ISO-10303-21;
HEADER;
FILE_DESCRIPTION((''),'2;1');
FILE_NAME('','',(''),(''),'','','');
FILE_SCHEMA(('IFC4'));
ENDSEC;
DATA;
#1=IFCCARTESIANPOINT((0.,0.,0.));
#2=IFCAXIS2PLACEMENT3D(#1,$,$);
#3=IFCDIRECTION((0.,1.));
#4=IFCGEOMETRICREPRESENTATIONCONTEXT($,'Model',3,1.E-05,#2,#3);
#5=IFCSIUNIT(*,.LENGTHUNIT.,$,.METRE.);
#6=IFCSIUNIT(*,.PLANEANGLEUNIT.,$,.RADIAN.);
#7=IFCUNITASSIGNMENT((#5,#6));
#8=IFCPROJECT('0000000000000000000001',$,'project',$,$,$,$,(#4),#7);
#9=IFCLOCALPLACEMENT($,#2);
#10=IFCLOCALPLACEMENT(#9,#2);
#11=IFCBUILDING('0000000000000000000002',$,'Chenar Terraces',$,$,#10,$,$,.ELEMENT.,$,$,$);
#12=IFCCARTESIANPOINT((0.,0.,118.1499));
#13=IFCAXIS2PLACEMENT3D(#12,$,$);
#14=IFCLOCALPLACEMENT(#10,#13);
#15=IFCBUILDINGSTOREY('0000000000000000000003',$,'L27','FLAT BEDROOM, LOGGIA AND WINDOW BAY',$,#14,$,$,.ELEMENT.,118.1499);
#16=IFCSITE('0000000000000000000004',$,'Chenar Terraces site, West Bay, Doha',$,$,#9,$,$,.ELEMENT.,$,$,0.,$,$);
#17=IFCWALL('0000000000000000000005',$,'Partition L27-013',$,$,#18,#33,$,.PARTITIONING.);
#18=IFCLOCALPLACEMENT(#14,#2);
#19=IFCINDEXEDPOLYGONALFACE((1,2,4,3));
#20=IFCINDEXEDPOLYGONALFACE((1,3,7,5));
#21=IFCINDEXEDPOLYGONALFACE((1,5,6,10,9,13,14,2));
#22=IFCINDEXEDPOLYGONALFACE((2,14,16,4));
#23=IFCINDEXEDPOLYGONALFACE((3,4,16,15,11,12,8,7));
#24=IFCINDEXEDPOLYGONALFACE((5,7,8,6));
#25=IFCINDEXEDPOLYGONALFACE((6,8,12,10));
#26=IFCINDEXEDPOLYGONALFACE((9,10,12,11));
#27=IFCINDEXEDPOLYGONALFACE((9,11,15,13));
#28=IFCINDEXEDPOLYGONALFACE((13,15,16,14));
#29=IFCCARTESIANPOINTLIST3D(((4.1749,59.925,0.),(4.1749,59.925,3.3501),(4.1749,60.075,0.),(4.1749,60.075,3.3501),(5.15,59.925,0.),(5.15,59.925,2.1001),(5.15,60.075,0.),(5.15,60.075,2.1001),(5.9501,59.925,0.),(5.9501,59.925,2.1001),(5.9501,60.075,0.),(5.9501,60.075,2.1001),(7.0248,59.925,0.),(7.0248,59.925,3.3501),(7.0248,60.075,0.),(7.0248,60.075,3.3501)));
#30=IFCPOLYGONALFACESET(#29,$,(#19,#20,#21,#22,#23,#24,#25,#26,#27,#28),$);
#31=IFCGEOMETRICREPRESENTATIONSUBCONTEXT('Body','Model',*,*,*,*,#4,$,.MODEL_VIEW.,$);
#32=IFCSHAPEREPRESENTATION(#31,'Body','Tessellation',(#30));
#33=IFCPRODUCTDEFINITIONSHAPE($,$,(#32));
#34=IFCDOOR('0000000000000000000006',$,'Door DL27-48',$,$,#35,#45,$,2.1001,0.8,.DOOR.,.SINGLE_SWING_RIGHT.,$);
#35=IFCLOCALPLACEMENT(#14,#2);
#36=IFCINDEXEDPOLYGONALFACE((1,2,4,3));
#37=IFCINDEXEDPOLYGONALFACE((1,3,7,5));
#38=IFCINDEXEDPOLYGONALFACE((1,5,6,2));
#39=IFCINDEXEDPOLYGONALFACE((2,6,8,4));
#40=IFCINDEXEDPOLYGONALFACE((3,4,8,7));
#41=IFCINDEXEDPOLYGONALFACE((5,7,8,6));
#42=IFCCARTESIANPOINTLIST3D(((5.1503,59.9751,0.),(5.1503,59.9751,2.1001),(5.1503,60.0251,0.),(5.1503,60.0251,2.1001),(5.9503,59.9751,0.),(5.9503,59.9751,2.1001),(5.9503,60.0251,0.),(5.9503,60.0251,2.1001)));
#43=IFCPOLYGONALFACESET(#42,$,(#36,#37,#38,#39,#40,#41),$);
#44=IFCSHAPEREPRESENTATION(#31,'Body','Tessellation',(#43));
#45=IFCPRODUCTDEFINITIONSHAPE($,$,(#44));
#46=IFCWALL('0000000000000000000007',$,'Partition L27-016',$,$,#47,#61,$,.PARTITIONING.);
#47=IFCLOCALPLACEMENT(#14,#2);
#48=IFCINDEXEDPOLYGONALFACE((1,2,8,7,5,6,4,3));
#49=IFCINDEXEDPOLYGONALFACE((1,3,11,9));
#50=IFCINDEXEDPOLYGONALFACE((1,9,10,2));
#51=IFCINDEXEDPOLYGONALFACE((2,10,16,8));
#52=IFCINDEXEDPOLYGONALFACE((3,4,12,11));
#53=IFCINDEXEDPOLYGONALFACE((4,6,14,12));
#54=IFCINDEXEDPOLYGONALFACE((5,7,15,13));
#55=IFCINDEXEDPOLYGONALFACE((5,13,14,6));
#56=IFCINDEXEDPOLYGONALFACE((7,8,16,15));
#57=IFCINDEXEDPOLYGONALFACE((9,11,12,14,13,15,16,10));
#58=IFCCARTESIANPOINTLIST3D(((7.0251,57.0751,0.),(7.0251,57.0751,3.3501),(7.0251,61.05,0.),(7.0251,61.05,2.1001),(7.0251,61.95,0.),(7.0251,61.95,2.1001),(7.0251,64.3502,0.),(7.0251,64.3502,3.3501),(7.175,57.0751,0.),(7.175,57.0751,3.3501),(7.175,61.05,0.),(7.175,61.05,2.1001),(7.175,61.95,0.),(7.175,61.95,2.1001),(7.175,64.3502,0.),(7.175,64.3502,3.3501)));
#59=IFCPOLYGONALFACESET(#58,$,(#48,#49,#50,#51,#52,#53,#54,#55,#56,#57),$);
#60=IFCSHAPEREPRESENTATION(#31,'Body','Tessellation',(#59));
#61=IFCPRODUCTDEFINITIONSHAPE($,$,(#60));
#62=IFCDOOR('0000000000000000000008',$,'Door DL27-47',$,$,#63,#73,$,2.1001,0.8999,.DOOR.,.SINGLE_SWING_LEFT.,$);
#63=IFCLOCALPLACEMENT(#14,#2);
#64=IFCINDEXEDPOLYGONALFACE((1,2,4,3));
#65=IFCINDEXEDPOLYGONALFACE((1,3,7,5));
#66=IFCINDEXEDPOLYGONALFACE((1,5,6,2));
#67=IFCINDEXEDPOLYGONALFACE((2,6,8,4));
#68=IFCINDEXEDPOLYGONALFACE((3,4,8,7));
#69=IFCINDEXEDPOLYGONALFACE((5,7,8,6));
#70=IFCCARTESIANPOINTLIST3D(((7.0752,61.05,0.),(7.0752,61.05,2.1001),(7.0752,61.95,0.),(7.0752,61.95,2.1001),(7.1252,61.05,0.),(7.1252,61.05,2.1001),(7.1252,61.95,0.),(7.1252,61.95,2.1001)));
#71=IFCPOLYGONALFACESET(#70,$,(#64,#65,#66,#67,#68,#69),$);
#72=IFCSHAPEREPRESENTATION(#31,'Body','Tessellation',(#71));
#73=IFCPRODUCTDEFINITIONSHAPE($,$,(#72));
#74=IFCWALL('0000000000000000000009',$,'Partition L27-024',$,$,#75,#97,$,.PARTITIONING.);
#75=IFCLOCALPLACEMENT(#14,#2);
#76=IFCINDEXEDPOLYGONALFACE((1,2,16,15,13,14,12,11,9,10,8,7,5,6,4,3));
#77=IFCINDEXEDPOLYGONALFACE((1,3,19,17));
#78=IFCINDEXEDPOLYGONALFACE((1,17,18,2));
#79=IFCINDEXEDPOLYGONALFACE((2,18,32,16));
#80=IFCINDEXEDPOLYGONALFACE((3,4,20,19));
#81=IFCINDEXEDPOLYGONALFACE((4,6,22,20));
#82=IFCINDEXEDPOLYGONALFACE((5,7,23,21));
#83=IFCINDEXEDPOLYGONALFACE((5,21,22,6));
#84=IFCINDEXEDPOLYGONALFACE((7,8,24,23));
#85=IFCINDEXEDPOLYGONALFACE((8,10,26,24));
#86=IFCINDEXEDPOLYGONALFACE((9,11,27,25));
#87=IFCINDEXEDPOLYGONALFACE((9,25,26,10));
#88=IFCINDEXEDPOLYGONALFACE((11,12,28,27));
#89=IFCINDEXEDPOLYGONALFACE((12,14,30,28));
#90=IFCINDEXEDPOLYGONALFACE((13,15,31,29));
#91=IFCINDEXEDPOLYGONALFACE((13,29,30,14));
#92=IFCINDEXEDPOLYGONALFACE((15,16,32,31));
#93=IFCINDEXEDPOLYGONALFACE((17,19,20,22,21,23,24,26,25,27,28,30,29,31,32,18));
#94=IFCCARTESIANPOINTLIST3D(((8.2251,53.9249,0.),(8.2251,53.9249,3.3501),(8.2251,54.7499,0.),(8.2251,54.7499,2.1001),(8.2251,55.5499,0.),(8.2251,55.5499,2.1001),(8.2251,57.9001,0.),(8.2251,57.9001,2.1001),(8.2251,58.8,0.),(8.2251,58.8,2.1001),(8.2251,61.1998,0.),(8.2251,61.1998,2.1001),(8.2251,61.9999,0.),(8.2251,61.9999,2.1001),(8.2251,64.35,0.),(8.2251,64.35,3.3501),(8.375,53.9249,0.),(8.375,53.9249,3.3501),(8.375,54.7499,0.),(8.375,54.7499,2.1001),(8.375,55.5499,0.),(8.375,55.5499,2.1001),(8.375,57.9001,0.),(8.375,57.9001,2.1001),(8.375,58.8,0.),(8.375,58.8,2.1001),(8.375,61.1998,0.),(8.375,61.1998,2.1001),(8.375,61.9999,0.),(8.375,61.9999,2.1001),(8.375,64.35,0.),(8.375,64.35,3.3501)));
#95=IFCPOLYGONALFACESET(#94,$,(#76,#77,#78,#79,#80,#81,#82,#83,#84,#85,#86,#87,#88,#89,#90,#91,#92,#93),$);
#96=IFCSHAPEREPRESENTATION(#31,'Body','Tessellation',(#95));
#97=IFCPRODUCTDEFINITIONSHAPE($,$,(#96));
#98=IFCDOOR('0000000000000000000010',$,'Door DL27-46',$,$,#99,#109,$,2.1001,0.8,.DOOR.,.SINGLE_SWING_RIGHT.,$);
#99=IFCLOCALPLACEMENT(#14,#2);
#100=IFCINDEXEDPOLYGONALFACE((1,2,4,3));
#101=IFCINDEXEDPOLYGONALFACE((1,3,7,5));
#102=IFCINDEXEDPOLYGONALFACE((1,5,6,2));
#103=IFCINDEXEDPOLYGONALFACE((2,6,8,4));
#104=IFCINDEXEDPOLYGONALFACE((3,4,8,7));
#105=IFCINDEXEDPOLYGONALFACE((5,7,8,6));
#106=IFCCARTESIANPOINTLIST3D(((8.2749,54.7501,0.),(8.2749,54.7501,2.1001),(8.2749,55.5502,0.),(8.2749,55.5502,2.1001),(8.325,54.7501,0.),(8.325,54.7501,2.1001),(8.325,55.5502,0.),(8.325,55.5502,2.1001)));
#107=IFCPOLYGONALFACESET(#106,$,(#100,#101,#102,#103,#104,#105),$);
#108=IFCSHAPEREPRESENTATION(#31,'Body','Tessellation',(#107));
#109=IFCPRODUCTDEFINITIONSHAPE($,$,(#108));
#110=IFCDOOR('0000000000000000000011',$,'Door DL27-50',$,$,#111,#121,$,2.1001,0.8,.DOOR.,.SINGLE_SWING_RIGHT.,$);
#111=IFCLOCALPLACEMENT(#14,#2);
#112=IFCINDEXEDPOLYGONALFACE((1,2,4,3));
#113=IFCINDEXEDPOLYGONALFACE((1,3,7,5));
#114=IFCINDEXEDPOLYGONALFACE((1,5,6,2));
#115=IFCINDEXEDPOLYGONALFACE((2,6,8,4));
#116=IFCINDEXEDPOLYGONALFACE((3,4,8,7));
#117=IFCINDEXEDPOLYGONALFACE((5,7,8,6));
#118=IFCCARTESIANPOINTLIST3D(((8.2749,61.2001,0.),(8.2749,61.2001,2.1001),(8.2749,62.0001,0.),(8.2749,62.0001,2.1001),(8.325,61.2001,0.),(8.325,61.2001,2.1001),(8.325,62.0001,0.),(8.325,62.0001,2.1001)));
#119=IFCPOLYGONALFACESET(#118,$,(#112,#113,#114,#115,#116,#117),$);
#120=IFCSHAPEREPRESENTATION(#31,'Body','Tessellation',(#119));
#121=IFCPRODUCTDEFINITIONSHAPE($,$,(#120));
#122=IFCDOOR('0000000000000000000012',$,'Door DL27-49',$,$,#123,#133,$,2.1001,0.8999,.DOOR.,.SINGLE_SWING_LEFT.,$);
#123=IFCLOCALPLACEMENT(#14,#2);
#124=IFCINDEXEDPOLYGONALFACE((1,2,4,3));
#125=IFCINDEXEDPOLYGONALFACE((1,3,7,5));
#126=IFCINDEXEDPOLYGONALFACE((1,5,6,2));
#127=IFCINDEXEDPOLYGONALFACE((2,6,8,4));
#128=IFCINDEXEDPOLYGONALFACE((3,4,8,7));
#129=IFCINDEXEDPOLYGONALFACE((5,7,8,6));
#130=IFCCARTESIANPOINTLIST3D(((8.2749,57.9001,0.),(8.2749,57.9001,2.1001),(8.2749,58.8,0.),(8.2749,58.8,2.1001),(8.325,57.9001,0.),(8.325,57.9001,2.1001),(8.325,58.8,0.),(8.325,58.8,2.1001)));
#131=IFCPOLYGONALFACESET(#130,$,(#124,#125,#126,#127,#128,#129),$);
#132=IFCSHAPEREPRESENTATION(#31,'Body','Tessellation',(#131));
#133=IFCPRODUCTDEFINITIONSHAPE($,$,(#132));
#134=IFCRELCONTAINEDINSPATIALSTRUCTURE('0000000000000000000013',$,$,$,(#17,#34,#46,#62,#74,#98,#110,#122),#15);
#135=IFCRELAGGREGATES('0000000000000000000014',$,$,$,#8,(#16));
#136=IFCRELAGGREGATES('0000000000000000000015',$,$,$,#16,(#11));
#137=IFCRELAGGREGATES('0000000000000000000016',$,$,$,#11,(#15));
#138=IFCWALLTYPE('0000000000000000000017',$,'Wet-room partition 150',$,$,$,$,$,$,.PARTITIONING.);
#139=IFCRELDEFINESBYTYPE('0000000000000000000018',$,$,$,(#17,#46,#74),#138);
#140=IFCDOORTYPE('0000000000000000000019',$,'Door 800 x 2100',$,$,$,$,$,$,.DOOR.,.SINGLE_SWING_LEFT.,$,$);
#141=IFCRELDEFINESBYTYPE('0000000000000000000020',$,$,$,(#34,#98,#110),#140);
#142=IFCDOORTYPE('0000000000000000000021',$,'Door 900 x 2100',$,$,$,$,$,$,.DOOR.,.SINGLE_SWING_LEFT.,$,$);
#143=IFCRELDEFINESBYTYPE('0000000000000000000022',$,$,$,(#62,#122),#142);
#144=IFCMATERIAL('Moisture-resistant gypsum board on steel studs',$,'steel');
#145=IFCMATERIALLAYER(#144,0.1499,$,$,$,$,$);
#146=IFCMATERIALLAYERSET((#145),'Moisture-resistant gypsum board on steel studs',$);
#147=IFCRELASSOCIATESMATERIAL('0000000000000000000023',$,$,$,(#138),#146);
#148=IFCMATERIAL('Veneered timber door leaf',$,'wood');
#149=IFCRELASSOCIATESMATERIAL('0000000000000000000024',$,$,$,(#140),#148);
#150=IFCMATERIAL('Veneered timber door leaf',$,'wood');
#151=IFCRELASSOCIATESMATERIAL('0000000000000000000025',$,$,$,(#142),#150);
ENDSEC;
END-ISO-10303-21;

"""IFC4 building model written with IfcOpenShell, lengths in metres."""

from ifc_helpers import new_model, si_unit, direction, frame, frame_2d, origin, place, context, subcontext, project, spatial, rectangle, extrude, material, layer, layer_set, type_object, element, fill, save


model = new_model("IFC4")

# Units and contexts
model_context = context("Model", 3, precision=1e-05, world=origin(), true_north=direction((0.0, 1.0)))
body_context = subcontext(model_context, "Body", "Model", "MODEL_VIEW")
ifc_project = project(units=[si_unit("LENGTHUNIT", "METRE"), si_unit("PLANEANGLEUNIT", "RADIAN")], contexts=[model_context])

# Site, building, storey
site_placement = place(None, origin())
site = spatial("IfcSite", under=ifc_project, at=site_placement, Name="Chenar Terraces site, West Bay, Doha", CompositionType="ELEMENT", RefElevation=0.0)
building_placement = place(site_placement, origin())
building = spatial("IfcBuilding", under=site, at=building_placement, Name="Chenar Terraces", CompositionType="ELEMENT")
storey_placement = place(building_placement, frame((0.0, 0.0, 118.1499)))
storey = spatial("IfcBuildingStorey", under=building, at=storey_placement, Name="L27", Description="FLAT BEDROOM, LOGGIA AND WINDOW BAY", CompositionType="ELEMENT", Elevation=118.1499)

# Shared definitions
ifc_material_1 = material(Name="Moisture-resistant gypsum board on steel studs", Category="steel")
ifc_layer_1 = layer(ifc_material_1, 0.1499)
ifc_layer_set_1 = layer_set([ifc_layer_1], Name="Moisture-resistant gypsum board on steel studs")
wall_type_1 = type_object("IfcWallType", Name="Wet-room partition 150", PredefinedType="PARTITIONING", material=ifc_layer_set_1)

# Walls, openings, doors
wall_1_placement = place(storey_placement, frame((4.175, 60.0, 0.0), z_axis=(0.0, 0.0, 1.0), x_axis=(1.0, 0.0, 0.0)))
wall_1 = element("IfcWall", 1, at=wall_1_placement, inside=storey, type_object=wall_type_1, Name="Partition L27-013", PredefinedType="PARTITIONING", context=body_context, shape_type="SweptSolid", body=[
    extrude(rectangle(XDim=2.8499, YDim=0.1499, at=frame_2d((1.4248, 0.0))), origin(), (0.0, 0.0, 1.0), 3.3501),
])
opening_1_placement = place(wall_1_placement, frame((0.9751, 0.0, 0.0)))
opening_1 = element("IfcOpeningElement", 2, at=opening_1_placement, cuts=wall_1, PredefinedType="OPENING", context=body_context, shape_type="SweptSolid", body=[
    extrude(rectangle(XDim=0.8, YDim=2.1001, at=frame_2d((0.3999, 1.05))), frame((0.0, 0.085, 0.0), z_axis=(0.0, -1.0, 0.0), x_axis=(1.0, 0.0, 0.0)), (0.0, 0.0, 1.0), 0.1699),
])
ifc_material_2 = material(Name="Veneered timber door leaf", Category="wood")
door_type_1 = type_object("IfcDoorType", Name="Door 800 x 2100", OperationType="SINGLE_SWING_LEFT", PredefinedType="DOOR", material=ifc_material_2)
door_1_placement = place(opening_1_placement, frame((0.8, 0.0, 0.0), z_axis=(0.0, 0.0, 1.0), x_axis=(-1.0, 0.0, 0.0)))
door_1 = element("IfcDoor", 3, at=door_1_placement, inside=storey, type_object=door_type_1, Name="Door DL27-48", OperationType="SINGLE_SWING_RIGHT", OverallHeight=2.1001, OverallWidth=0.8, PredefinedType="DOOR", context=body_context, shape_type="SweptSolid", body=[
    extrude(rectangle(XDim=0.8, YDim=2.1001, at=frame_2d((0.3999, 1.05))), frame((0.0, 0.0249, 0.0), z_axis=(0.0, -1.0, 0.0), x_axis=(1.0, 0.0, 0.0)), (0.0, 0.0, 1.0), 0.05),
])
fill(opening_1, door_1)
wall_2_placement = place(storey_placement, frame((7.1001, 57.075, 0.0), z_axis=(0.0, 0.0, 1.0), x_axis=(0.0, 1.0, 0.0)))
wall_2 = element("IfcWall", 4, at=wall_2_placement, inside=storey, type_object=wall_type_1, Name="Partition L27-016", PredefinedType="PARTITIONING", context=body_context, shape_type="SweptSolid", body=[
    extrude(rectangle(XDim=7.2751, YDim=0.1499, at=frame_2d((3.6377, 0.0))), origin(), (0.0, 0.0, 1.0), 3.3501),
])
opening_2_placement = place(wall_2_placement, frame((3.9751, 0.0, 0.0)))
opening_2 = element("IfcOpeningElement", 5, at=opening_2_placement, cuts=wall_2, PredefinedType="OPENING", context=body_context, shape_type="SweptSolid", body=[
    extrude(rectangle(XDim=0.8999, YDim=2.1001, at=frame_2d((0.45, 1.05))), frame((0.0, 0.085, 0.0), z_axis=(0.0, -1.0, 0.0), x_axis=(1.0, 0.0, 0.0)), (0.0, 0.0, 1.0), 0.1699),
])
ifc_material_3 = material(Name="Veneered timber door leaf", Category="wood")
door_type_2 = type_object("IfcDoorType", Name="Door 900 x 2100", OperationType="SINGLE_SWING_LEFT", PredefinedType="DOOR", material=ifc_material_3)
door_2_placement = place(opening_2_placement, origin())
door_2 = element("IfcDoor", 6, at=door_2_placement, inside=storey, type_object=door_type_2, Name="Door DL27-47", OperationType="SINGLE_SWING_LEFT", OverallHeight=2.1001, OverallWidth=0.8999, PredefinedType="DOOR", context=body_context, shape_type="SweptSolid", body=[
    extrude(rectangle(XDim=0.8999, YDim=2.1001, at=frame_2d((0.45, 1.05))), frame((0.0, 0.0249, 0.0), z_axis=(0.0, -1.0, 0.0), x_axis=(1.0, 0.0, 0.0)), (0.0, 0.0, 1.0), 0.05),
])
fill(opening_2, door_2)

# Wall, openings, doors
wall_3_placement = place(storey_placement, frame((8.3, 53.925, 0.0), z_axis=(0.0, 0.0, 1.0), x_axis=(0.0, 1.0, 0.0)))
wall_3 = element("IfcWall", 7, at=wall_3_placement, inside=storey, type_object=wall_type_1, Name="Partition L27-024", PredefinedType="PARTITIONING", context=body_context, shape_type="SweptSolid", body=[
    extrude(rectangle(XDim=10.425, YDim=0.1499, at=frame_2d((5.2124, 0.0))), origin(), (0.0, 0.0, 1.0), 3.3501),
])
opening_3_placement = place(wall_3_placement, frame((0.825, 0.0, 0.0)))
opening_3 = element("IfcOpeningElement", 8, at=opening_3_placement, cuts=wall_3, PredefinedType="OPENING", context=body_context, shape_type="SweptSolid", body=[
    extrude(rectangle(XDim=0.8, YDim=2.1001, at=frame_2d((0.3999, 1.05))), frame((0.0, 0.085, 0.0), z_axis=(0.0, -1.0, 0.0), x_axis=(1.0, 0.0, 0.0)), (0.0, 0.0, 1.0), 0.1699),
])
opening_4_placement = place(wall_3_placement, frame((3.9751, 0.0, 0.0)))
opening_4 = element("IfcOpeningElement", 9, at=opening_4_placement, cuts=wall_3, PredefinedType="OPENING", context=body_context, shape_type="SweptSolid", body=[
    extrude(rectangle(XDim=0.8999, YDim=2.1001, at=frame_2d((0.45, 1.05))), frame((0.0, 0.085, 0.0), z_axis=(0.0, -1.0, 0.0), x_axis=(1.0, 0.0, 0.0)), (0.0, 0.0, 1.0), 0.1699),
])
opening_5_placement = place(wall_3_placement, frame((7.2749, 0.0, 0.0)))
opening_5 = element("IfcOpeningElement", 10, at=opening_5_placement, cuts=wall_3, PredefinedType="OPENING", context=body_context, shape_type="SweptSolid", body=[
    extrude(rectangle(XDim=0.8, YDim=2.1001, at=frame_2d((0.3999, 1.05))), frame((0.0, 0.085, 0.0), z_axis=(0.0, -1.0, 0.0), x_axis=(1.0, 0.0, 0.0)), (0.0, 0.0, 1.0), 0.1699),
])
door_3_placement = place(opening_3_placement, frame((0.8, 0.0, 0.0), z_axis=(0.0, 0.0, 1.0), x_axis=(-1.0, 0.0, 0.0)))
door_3 = element("IfcDoor", 11, at=door_3_placement, inside=storey, type_object=door_type_1, Name="Door DL27-46", OperationType="SINGLE_SWING_RIGHT", OverallHeight=2.1001, OverallWidth=0.8, PredefinedType="DOOR", context=body_context, shape_type="SweptSolid", body=[
    extrude(rectangle(XDim=0.8, YDim=2.1001, at=frame_2d((0.3999, 1.05))), frame((0.0, 0.0249, 0.0), z_axis=(0.0, -1.0, 0.0), x_axis=(1.0, 0.0, 0.0)), (0.0, 0.0, 1.0), 0.05),
])
fill(opening_3, door_3)
door_4_placement = place(opening_5_placement, frame((0.8, 0.0, 0.0), z_axis=(0.0, 0.0, 1.0), x_axis=(-1.0, 0.0, 0.0)))
door_4 = element("IfcDoor", 12, at=door_4_placement, inside=storey, type_object=door_type_1, Name="Door DL27-50", OperationType="SINGLE_SWING_RIGHT", OverallHeight=2.1001, OverallWidth=0.8, PredefinedType="DOOR", context=body_context, shape_type="SweptSolid", body=[
    extrude(rectangle(XDim=0.8, YDim=2.1001, at=frame_2d((0.3999, 1.05))), frame((0.0, 0.0249, 0.0), z_axis=(0.0, -1.0, 0.0), x_axis=(1.0, 0.0, 0.0)), (0.0, 0.0, 1.0), 0.05),
])
fill(opening_5, door_4)
door_5_placement = place(opening_4_placement, frame((0.8999, 0.0, 0.0), z_axis=(0.0, 0.0, 1.0), x_axis=(-1.0, 0.0, 0.0)))
door_5 = element("IfcDoor", 13, at=door_5_placement, inside=storey, type_object=door_type_2, Name="Door DL27-49", OperationType="SINGLE_SWING_LEFT", OverallHeight=2.1001, OverallWidth=0.8999, PredefinedType="DOOR", context=body_context, shape_type="SweptSolid", body=[
    extrude(rectangle(XDim=0.8999, YDim=2.1001, at=frame_2d((0.45, 1.05))), frame((0.0, 0.0249, 0.0), z_axis=(0.0, -1.0, 0.0), x_axis=(1.0, 0.0, 0.0)), (0.0, 0.0, 1.0), 0.05),
])
fill(opening_4, door_5)

save(model, "model.ifc")
